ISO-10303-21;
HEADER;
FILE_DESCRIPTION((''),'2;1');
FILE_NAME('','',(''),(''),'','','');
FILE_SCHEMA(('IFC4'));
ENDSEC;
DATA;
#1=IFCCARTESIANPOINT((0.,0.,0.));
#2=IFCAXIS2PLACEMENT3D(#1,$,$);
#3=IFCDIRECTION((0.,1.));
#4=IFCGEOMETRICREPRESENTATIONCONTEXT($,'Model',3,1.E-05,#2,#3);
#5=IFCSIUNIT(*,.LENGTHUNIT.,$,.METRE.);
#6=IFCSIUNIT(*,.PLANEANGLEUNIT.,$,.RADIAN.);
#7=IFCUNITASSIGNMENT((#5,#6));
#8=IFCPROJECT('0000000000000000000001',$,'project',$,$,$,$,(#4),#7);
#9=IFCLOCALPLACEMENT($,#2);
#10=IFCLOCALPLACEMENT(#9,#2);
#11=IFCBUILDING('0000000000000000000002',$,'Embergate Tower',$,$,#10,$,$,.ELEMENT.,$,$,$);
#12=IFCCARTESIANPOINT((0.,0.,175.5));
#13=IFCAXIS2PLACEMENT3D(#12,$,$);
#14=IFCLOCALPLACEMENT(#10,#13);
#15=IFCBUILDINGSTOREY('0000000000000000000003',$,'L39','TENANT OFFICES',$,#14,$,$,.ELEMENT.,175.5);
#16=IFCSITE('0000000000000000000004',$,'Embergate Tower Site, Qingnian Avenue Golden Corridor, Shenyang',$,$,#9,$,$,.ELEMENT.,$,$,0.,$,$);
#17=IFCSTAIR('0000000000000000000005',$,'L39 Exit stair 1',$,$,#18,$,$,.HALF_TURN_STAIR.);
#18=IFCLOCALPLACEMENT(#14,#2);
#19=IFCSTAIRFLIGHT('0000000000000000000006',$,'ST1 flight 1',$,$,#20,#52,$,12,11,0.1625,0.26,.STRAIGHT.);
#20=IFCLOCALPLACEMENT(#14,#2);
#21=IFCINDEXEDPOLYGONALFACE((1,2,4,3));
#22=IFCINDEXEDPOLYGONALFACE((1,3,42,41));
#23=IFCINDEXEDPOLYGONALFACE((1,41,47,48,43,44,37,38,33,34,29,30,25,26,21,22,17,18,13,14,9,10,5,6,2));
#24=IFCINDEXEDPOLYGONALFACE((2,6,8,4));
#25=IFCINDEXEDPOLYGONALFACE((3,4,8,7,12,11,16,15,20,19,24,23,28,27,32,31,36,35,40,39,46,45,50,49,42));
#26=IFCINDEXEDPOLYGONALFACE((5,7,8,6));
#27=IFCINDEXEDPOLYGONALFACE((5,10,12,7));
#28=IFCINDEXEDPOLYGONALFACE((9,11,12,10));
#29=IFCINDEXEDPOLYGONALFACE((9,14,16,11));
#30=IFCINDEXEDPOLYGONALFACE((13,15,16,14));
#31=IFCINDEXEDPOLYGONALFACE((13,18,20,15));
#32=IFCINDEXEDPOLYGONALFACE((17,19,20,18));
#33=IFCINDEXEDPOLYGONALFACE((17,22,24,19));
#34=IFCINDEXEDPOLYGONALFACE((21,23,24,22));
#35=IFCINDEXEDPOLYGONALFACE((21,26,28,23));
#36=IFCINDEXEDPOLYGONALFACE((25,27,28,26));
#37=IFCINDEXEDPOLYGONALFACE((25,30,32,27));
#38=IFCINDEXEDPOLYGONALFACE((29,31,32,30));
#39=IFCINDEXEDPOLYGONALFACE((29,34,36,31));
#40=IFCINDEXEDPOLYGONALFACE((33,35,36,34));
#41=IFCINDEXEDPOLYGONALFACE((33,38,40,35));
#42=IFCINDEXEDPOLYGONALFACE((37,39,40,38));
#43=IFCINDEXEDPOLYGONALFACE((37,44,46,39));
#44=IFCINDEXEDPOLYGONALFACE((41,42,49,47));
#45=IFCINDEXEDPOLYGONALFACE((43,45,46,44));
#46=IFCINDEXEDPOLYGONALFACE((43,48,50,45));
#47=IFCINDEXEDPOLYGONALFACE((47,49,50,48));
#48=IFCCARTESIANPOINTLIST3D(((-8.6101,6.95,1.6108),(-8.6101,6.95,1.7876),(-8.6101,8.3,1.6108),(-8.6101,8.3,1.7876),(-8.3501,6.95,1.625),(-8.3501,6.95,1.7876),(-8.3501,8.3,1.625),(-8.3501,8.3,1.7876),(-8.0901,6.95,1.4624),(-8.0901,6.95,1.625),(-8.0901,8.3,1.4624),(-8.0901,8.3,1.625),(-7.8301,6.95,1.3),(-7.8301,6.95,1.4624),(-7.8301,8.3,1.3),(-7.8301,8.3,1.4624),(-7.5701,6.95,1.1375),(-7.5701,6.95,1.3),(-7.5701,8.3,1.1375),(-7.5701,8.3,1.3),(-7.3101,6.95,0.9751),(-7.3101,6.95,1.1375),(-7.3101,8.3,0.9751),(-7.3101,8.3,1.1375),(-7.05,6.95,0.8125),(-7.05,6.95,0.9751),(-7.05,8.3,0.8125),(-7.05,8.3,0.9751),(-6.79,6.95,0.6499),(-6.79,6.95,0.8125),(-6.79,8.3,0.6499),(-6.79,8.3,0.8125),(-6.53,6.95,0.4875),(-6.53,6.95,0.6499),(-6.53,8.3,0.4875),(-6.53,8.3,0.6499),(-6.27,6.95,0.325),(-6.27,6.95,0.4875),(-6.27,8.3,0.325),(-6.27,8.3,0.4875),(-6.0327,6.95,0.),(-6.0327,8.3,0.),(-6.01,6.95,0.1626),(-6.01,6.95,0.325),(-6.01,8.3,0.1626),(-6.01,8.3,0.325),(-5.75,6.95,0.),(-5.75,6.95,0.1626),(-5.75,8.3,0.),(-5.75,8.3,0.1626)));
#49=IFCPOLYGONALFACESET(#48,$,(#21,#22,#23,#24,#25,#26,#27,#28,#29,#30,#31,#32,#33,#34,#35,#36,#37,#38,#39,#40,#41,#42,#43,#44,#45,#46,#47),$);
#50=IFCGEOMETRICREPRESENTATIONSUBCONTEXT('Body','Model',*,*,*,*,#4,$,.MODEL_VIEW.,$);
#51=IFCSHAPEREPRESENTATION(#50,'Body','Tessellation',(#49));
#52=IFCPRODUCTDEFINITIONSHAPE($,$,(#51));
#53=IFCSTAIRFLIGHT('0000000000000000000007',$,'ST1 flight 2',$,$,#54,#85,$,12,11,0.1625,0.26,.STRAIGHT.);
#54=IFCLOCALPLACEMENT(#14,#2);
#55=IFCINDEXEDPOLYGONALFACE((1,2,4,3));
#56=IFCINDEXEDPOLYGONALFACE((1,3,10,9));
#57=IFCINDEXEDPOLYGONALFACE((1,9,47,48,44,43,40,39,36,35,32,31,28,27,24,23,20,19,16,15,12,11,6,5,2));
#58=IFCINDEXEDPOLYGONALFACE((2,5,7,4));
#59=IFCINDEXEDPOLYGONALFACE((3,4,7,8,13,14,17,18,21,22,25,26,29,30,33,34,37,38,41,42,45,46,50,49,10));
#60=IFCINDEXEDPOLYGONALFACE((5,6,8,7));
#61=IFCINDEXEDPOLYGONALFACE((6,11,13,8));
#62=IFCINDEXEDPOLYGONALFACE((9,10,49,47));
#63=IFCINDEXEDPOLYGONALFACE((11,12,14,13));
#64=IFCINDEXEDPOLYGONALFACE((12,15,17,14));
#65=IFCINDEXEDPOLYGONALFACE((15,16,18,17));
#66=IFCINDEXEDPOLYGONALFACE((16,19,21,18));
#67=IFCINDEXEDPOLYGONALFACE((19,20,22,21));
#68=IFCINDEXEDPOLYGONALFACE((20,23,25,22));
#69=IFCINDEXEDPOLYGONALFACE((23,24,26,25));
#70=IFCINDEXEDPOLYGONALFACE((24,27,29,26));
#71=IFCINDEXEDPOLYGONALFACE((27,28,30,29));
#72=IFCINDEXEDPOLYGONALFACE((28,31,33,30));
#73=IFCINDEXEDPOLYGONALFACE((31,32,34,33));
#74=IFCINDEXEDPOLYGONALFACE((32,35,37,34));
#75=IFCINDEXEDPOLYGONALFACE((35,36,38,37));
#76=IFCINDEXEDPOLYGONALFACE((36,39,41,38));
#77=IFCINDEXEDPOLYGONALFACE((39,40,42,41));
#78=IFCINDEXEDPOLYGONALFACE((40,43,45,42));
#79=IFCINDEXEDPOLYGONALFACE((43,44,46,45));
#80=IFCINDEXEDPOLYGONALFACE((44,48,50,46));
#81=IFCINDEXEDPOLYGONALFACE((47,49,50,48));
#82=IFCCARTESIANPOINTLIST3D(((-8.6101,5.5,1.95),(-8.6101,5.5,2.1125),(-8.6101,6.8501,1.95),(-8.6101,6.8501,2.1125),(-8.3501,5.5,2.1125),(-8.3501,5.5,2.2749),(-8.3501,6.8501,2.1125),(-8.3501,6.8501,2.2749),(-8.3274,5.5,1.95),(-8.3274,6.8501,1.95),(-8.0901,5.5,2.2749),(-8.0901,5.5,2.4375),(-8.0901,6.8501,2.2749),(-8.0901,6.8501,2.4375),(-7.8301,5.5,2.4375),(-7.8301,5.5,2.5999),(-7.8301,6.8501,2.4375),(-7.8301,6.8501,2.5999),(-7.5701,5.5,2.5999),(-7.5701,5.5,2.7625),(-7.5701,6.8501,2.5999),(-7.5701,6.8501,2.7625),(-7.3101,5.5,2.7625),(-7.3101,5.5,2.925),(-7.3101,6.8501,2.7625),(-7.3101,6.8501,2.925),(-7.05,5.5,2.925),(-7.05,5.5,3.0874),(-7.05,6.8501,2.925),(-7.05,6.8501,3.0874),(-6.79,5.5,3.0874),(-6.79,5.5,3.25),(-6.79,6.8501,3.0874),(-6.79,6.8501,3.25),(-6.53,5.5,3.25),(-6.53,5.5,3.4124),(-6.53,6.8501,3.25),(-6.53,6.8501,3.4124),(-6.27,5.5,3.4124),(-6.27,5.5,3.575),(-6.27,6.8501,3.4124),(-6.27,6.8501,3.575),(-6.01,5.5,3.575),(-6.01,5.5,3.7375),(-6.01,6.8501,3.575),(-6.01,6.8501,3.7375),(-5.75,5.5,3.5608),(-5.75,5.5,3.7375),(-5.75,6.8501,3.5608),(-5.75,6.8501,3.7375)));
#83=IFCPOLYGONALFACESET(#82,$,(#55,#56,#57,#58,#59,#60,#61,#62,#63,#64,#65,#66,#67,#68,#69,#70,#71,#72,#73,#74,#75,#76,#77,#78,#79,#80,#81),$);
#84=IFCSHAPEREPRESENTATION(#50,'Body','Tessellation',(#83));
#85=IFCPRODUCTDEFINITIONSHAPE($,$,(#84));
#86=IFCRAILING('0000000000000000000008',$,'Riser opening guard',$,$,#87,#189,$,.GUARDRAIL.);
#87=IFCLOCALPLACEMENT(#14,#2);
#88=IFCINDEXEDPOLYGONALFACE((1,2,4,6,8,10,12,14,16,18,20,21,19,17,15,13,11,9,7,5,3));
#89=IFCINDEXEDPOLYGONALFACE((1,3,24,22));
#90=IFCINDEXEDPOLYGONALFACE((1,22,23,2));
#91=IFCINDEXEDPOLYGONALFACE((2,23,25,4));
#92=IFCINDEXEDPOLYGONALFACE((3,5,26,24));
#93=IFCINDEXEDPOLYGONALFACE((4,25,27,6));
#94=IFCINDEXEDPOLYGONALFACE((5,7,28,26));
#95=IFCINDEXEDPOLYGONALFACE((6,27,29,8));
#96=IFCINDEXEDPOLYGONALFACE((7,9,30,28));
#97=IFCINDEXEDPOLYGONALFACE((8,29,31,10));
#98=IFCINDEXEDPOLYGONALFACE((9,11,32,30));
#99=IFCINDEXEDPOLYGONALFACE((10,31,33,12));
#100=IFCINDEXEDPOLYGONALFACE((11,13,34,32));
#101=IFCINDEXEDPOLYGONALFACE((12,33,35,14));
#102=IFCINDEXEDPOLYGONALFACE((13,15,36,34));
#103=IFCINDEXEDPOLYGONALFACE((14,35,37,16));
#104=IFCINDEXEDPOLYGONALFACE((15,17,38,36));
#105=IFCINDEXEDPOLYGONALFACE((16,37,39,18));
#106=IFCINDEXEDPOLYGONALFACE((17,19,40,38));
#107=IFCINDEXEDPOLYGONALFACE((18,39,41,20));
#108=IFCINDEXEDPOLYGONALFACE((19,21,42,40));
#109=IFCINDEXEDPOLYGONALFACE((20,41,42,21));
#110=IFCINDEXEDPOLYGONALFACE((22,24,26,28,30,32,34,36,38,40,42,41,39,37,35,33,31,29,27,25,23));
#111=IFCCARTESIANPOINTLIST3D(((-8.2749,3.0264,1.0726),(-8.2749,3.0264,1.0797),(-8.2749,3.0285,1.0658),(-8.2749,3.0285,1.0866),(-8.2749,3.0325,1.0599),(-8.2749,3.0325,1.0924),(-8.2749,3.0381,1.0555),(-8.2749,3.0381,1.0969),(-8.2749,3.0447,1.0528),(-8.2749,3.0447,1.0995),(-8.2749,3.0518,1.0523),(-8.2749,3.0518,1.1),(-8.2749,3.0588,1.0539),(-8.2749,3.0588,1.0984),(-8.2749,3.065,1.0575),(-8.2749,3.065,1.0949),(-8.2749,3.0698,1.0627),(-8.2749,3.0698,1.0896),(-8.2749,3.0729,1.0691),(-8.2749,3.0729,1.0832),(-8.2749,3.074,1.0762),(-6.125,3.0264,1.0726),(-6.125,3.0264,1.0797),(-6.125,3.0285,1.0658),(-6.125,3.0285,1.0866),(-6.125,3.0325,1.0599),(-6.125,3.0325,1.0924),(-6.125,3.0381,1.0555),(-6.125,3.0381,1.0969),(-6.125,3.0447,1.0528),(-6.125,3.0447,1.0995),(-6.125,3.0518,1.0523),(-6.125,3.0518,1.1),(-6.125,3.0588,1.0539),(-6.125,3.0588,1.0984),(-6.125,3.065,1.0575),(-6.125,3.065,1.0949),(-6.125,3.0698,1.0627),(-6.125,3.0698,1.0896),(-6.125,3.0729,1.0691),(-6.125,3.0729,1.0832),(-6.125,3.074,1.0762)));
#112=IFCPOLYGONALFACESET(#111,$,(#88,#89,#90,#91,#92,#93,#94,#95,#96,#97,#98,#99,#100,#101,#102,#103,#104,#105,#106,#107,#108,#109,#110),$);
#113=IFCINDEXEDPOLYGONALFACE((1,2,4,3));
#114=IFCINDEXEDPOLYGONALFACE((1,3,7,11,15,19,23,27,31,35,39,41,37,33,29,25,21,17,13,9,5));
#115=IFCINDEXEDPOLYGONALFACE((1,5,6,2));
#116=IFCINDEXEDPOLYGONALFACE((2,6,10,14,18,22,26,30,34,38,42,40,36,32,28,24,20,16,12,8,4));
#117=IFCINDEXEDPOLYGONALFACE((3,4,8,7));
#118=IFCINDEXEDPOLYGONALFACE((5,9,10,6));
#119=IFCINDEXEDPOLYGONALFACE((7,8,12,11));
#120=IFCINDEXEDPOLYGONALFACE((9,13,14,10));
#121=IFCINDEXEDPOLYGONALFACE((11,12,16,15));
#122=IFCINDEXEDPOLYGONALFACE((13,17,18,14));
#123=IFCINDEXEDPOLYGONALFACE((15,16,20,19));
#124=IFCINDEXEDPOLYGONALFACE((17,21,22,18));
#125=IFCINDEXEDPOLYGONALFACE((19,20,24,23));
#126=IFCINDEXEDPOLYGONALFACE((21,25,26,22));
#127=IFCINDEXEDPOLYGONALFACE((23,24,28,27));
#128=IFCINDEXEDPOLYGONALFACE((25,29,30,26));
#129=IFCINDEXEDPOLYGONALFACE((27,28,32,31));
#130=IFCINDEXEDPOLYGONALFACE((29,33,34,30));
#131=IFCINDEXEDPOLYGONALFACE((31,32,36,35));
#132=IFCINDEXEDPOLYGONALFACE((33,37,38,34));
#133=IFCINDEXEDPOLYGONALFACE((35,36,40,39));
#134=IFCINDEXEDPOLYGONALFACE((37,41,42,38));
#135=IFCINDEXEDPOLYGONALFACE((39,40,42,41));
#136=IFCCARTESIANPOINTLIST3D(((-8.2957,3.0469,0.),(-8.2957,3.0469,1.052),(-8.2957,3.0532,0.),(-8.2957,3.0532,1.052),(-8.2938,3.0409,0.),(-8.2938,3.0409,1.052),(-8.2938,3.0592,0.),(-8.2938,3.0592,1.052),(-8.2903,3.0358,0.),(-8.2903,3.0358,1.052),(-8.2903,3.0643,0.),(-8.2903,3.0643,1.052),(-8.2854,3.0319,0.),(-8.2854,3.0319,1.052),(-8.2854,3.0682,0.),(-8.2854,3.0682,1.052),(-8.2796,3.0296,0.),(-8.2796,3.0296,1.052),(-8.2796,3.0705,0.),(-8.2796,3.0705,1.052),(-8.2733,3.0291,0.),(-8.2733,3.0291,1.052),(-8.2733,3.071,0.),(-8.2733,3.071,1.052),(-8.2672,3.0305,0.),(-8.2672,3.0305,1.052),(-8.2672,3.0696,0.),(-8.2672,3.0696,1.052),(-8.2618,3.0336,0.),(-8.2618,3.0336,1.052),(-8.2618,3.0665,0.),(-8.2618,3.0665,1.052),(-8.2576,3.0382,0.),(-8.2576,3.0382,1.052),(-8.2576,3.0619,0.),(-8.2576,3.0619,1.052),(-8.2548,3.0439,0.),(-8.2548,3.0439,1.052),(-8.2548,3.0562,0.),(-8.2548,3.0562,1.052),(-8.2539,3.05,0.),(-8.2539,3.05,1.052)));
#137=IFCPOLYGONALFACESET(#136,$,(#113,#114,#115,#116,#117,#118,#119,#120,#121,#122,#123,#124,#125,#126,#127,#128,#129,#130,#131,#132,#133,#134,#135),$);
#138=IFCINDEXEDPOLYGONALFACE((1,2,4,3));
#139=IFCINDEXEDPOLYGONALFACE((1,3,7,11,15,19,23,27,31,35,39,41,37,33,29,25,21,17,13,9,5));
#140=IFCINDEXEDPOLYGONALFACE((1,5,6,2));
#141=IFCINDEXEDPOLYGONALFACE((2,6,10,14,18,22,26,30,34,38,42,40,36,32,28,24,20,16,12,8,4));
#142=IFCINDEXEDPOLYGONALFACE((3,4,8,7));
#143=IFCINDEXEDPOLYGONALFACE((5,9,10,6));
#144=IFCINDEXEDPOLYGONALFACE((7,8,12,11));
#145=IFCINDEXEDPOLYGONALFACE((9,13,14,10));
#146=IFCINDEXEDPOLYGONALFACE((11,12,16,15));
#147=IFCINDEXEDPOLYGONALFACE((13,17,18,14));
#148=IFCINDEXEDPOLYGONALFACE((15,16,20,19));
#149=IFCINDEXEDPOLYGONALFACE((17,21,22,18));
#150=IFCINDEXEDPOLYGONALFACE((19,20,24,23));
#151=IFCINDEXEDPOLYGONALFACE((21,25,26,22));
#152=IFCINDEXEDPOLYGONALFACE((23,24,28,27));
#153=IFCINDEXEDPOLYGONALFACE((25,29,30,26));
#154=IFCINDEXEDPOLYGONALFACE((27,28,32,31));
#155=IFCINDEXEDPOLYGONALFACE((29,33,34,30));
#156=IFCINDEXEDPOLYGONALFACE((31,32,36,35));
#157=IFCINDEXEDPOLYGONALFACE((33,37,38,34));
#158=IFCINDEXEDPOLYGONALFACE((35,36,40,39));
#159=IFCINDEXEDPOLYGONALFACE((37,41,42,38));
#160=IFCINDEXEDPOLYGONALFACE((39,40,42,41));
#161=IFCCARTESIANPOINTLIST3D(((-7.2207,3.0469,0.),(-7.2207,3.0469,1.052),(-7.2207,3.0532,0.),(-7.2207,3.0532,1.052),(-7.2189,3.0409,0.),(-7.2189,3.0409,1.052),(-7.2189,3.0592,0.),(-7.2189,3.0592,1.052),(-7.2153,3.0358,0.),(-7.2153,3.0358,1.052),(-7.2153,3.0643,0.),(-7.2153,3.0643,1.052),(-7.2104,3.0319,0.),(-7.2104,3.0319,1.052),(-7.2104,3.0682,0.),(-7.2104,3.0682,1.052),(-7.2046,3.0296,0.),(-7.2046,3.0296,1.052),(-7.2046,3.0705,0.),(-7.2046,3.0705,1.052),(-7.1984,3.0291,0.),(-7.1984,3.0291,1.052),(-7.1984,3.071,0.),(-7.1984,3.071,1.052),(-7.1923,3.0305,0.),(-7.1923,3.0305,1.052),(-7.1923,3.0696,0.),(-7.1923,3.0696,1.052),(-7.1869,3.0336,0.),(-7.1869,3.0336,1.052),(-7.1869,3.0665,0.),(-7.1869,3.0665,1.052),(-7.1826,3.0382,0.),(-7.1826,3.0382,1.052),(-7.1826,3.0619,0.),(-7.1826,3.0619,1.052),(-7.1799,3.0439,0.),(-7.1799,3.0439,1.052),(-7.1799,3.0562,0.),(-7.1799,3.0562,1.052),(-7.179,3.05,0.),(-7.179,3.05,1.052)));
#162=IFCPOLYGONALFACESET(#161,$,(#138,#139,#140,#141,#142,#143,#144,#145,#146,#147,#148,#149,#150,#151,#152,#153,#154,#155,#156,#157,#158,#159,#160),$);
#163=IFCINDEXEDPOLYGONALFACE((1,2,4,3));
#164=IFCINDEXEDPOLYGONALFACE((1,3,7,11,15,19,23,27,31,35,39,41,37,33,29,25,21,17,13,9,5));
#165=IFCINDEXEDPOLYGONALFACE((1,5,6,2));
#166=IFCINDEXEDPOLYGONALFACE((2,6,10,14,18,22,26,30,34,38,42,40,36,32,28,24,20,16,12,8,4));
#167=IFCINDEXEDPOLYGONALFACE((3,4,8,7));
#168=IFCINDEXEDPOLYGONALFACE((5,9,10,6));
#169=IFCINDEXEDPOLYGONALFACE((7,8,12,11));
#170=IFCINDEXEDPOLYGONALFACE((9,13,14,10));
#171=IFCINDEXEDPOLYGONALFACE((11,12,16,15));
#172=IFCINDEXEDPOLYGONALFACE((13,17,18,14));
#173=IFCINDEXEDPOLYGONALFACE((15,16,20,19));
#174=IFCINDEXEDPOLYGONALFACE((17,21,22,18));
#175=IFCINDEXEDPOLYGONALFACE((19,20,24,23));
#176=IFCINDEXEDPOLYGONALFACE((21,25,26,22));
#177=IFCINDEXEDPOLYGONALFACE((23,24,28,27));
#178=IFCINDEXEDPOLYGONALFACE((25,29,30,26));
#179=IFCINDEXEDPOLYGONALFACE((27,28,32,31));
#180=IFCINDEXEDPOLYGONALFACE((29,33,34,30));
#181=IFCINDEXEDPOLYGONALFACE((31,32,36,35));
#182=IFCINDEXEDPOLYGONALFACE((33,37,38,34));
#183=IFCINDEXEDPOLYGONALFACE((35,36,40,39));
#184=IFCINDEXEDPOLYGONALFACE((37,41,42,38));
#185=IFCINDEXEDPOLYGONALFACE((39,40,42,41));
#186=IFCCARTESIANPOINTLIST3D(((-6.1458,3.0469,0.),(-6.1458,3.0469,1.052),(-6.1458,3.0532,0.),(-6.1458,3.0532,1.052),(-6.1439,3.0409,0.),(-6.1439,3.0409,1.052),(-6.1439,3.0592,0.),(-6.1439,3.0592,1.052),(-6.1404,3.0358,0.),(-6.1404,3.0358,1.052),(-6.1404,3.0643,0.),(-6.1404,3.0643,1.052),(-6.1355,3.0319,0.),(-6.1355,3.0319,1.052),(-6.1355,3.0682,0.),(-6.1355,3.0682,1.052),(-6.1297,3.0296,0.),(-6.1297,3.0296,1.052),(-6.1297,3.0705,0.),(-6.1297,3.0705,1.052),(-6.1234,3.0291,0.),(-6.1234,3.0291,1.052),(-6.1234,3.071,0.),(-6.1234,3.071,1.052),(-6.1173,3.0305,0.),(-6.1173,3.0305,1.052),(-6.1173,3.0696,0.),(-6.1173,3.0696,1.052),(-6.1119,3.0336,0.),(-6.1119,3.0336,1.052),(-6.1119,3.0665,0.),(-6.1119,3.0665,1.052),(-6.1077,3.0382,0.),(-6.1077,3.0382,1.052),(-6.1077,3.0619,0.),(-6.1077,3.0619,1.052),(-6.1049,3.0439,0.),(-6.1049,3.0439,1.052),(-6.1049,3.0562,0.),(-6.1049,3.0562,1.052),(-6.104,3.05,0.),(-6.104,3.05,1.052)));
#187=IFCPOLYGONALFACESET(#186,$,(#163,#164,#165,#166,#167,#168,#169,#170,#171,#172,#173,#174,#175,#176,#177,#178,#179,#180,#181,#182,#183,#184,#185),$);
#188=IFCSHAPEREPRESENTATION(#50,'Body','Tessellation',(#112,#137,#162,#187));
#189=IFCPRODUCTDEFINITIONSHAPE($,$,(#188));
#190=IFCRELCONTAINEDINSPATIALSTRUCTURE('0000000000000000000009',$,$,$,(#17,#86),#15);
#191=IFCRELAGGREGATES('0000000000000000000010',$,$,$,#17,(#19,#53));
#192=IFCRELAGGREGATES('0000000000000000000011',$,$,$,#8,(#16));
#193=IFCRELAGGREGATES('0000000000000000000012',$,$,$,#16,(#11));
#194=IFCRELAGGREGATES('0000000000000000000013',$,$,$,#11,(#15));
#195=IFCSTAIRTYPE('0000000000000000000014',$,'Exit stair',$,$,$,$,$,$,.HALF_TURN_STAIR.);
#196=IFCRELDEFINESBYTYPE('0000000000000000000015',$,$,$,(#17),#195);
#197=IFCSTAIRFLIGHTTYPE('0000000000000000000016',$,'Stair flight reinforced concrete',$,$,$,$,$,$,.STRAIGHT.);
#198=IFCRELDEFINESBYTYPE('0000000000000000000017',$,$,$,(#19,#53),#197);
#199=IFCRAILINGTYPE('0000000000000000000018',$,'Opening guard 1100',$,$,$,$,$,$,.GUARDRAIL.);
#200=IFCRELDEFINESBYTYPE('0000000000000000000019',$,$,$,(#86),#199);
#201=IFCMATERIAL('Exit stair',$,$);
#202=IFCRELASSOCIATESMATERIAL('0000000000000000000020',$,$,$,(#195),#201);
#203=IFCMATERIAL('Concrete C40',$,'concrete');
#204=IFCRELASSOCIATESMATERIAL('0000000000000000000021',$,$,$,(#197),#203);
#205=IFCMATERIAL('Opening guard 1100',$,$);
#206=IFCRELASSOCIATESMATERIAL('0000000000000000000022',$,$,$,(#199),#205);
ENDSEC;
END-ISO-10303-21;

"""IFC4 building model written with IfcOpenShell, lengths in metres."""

from ifc_helpers import new_model, si_unit, direction, frame, origin, origin_2d, place, context, subcontext, project, spatial, polyline, circle, outline, extrude, source, transform, mapped, material, type_object, element, aggregate, save


model = new_model("IFC4")

# Units and contexts
model_context = context("Model", 3, precision=1e-05, world=origin(), true_north=direction((0.0, 1.0)))
body_context = subcontext(model_context, "Body", "Model", "MODEL_VIEW")
ifc_project = project(units=[si_unit("LENGTHUNIT", "METRE"), si_unit("PLANEANGLEUNIT", "RADIAN")], contexts=[model_context])

# Site, building, storey
site_placement = place(None, origin())
site = spatial("IfcSite", under=ifc_project, at=site_placement, Name="Embergate Tower Site, Qingnian Avenue Golden Corridor, Shenyang", CompositionType="ELEMENT", RefElevation=0.0)
building_placement = place(site_placement, origin())
building = spatial("IfcBuilding", under=site, at=building_placement, Name="Embergate Tower", CompositionType="ELEMENT")
storey_placement = place(building_placement, frame((0.0, 0.0, 175.5)))
storey = spatial("IfcBuildingStorey", under=building, at=storey_placement, Name="L39", Description="TENANT OFFICES", CompositionType="ELEMENT", Elevation=175.5)

# Stair
ifc_material_1 = material(Name="Exit stair")
stair_type = type_object("IfcStairType", Name="Exit stair", PredefinedType="HALF_TURN_STAIR", material=ifc_material_1)
stair_placement = place(storey_placement, origin())
stair = element("IfcStair", 1, at=stair_placement, inside=storey, type_object=stair_type, Name="L39 Exit stair 1", PredefinedType="HALF_TURN_STAIR")
ifc_material_2 = material(Name="Concrete C40", Category="concrete")

# Stair flights
stair_flight_type = type_object("IfcStairFlightType", Name="Stair flight reinforced concrete", PredefinedType="STRAIGHT", material=ifc_material_2)
shared_shape_1 = source(origin(), body_context, "Body", "SweptSolid", [
    extrude(outline(polyline([(0.0, 0.0), (0.0, 0.1626), (0.26, 0.1626), (0.26, 0.325), (0.52, 0.325), (0.52, 0.4875), (0.78, 0.4875), (0.78, 0.6499), (1.04, 0.6499), (1.04, 0.8125), (1.3, 0.8125), (1.3, 0.9751), (1.5601, 0.9751), (1.5601, 1.1375), (1.8201, 1.1375), (1.8201, 1.3), (2.0801, 1.3), (2.0801, 1.4624), (2.3401, 1.4624), (2.3401, 1.625), (2.6001, 1.625), (2.6001, 1.7876), (2.8601, 1.7876), (2.8601, 1.95), (2.8601, 1.6108), (0.2827, 0.0), (0.0, 0.0)])), frame((0.0, 0.675, 0.0), z_axis=(0.0, -1.0, 0.0), x_axis=(1.0, 0.0, 0.0)), (0.0, 0.0, 1.0), 1.3501),
])
stair_flight_1_placement = place(storey_placement, frame((-5.75, 7.625, 0.0), z_axis=(0.0, 0.0, 1.0), x_axis=(-1.0, 0.0, 0.0)))
stair_flight_1 = element("IfcStairFlight", 2, at=stair_flight_1_placement, type_object=stair_flight_type, Name="ST1 flight 1", NumberOfRisers=12, NumberOfTreads=11, PredefinedType="STRAIGHT", RiserHeight=0.1625, TreadLength=0.26, context=body_context, shape_type="MappedRepresentation", body=[
    mapped(shared_shape_1, transform((0.0, 0.0, 0.0))),
])
stair_flight_2_placement = place(storey_placement, frame((-8.6101, 6.175, 1.95), z_axis=(0.0, 0.0, 1.0), x_axis=(1.0, 0.0, 0.0)))
stair_flight_2 = element("IfcStairFlight", 3, at=stair_flight_2_placement, type_object=stair_flight_type, Name="ST1 flight 2", NumberOfRisers=12, NumberOfTreads=11, PredefinedType="STRAIGHT", RiserHeight=0.1625, TreadLength=0.26, context=body_context, shape_type="MappedRepresentation", body=[
    mapped(shared_shape_1, transform((0.0, 0.0, 0.0))),
])
aggregate(stair, [stair_flight_1, stair_flight_2])

# Railing
ifc_material_3 = material(Name="Opening guard 1100")
railing_type = type_object("IfcRailingType", Name="Opening guard 1100", PredefinedType="GUARDRAIL", material=ifc_material_3)
shared_shape_2 = source(origin(), body_context, "Body", "SweptSolid", [
    extrude(circle(Radius=0.0239, at=origin_2d()), frame((0.0, 0.0, 1.0762), z_axis=(1.0, 0.0, 0.0), x_axis=(0.0, 1.0, 0.0)), (0.0, 0.0, 1.0), 2.1499),
    extrude(circle(Radius=0.021, at=origin_2d()), origin(), (0.0, 0.0, 1.0), 1.052),
    extrude(circle(Radius=0.021, at=origin_2d()), frame((1.075, 0.0, 0.0)), (0.0, 0.0, 1.0), 1.052),
    extrude(circle(Radius=0.021, at=origin_2d()), frame((2.1499, 0.0, 0.0)), (0.0, 0.0, 1.0), 1.052),
])
railing_placement = place(storey_placement, frame((-8.2749, 3.05, 0.0)))
element("IfcRailing", 4, at=railing_placement, inside=storey, type_object=railing_type, Name="Riser opening guard", PredefinedType="GUARDRAIL", context=body_context, shape_type="MappedRepresentation", body=[
    mapped(shared_shape_2, transform((0.0, 0.0, 0.0))),
])

save(model, "model.ifc")
